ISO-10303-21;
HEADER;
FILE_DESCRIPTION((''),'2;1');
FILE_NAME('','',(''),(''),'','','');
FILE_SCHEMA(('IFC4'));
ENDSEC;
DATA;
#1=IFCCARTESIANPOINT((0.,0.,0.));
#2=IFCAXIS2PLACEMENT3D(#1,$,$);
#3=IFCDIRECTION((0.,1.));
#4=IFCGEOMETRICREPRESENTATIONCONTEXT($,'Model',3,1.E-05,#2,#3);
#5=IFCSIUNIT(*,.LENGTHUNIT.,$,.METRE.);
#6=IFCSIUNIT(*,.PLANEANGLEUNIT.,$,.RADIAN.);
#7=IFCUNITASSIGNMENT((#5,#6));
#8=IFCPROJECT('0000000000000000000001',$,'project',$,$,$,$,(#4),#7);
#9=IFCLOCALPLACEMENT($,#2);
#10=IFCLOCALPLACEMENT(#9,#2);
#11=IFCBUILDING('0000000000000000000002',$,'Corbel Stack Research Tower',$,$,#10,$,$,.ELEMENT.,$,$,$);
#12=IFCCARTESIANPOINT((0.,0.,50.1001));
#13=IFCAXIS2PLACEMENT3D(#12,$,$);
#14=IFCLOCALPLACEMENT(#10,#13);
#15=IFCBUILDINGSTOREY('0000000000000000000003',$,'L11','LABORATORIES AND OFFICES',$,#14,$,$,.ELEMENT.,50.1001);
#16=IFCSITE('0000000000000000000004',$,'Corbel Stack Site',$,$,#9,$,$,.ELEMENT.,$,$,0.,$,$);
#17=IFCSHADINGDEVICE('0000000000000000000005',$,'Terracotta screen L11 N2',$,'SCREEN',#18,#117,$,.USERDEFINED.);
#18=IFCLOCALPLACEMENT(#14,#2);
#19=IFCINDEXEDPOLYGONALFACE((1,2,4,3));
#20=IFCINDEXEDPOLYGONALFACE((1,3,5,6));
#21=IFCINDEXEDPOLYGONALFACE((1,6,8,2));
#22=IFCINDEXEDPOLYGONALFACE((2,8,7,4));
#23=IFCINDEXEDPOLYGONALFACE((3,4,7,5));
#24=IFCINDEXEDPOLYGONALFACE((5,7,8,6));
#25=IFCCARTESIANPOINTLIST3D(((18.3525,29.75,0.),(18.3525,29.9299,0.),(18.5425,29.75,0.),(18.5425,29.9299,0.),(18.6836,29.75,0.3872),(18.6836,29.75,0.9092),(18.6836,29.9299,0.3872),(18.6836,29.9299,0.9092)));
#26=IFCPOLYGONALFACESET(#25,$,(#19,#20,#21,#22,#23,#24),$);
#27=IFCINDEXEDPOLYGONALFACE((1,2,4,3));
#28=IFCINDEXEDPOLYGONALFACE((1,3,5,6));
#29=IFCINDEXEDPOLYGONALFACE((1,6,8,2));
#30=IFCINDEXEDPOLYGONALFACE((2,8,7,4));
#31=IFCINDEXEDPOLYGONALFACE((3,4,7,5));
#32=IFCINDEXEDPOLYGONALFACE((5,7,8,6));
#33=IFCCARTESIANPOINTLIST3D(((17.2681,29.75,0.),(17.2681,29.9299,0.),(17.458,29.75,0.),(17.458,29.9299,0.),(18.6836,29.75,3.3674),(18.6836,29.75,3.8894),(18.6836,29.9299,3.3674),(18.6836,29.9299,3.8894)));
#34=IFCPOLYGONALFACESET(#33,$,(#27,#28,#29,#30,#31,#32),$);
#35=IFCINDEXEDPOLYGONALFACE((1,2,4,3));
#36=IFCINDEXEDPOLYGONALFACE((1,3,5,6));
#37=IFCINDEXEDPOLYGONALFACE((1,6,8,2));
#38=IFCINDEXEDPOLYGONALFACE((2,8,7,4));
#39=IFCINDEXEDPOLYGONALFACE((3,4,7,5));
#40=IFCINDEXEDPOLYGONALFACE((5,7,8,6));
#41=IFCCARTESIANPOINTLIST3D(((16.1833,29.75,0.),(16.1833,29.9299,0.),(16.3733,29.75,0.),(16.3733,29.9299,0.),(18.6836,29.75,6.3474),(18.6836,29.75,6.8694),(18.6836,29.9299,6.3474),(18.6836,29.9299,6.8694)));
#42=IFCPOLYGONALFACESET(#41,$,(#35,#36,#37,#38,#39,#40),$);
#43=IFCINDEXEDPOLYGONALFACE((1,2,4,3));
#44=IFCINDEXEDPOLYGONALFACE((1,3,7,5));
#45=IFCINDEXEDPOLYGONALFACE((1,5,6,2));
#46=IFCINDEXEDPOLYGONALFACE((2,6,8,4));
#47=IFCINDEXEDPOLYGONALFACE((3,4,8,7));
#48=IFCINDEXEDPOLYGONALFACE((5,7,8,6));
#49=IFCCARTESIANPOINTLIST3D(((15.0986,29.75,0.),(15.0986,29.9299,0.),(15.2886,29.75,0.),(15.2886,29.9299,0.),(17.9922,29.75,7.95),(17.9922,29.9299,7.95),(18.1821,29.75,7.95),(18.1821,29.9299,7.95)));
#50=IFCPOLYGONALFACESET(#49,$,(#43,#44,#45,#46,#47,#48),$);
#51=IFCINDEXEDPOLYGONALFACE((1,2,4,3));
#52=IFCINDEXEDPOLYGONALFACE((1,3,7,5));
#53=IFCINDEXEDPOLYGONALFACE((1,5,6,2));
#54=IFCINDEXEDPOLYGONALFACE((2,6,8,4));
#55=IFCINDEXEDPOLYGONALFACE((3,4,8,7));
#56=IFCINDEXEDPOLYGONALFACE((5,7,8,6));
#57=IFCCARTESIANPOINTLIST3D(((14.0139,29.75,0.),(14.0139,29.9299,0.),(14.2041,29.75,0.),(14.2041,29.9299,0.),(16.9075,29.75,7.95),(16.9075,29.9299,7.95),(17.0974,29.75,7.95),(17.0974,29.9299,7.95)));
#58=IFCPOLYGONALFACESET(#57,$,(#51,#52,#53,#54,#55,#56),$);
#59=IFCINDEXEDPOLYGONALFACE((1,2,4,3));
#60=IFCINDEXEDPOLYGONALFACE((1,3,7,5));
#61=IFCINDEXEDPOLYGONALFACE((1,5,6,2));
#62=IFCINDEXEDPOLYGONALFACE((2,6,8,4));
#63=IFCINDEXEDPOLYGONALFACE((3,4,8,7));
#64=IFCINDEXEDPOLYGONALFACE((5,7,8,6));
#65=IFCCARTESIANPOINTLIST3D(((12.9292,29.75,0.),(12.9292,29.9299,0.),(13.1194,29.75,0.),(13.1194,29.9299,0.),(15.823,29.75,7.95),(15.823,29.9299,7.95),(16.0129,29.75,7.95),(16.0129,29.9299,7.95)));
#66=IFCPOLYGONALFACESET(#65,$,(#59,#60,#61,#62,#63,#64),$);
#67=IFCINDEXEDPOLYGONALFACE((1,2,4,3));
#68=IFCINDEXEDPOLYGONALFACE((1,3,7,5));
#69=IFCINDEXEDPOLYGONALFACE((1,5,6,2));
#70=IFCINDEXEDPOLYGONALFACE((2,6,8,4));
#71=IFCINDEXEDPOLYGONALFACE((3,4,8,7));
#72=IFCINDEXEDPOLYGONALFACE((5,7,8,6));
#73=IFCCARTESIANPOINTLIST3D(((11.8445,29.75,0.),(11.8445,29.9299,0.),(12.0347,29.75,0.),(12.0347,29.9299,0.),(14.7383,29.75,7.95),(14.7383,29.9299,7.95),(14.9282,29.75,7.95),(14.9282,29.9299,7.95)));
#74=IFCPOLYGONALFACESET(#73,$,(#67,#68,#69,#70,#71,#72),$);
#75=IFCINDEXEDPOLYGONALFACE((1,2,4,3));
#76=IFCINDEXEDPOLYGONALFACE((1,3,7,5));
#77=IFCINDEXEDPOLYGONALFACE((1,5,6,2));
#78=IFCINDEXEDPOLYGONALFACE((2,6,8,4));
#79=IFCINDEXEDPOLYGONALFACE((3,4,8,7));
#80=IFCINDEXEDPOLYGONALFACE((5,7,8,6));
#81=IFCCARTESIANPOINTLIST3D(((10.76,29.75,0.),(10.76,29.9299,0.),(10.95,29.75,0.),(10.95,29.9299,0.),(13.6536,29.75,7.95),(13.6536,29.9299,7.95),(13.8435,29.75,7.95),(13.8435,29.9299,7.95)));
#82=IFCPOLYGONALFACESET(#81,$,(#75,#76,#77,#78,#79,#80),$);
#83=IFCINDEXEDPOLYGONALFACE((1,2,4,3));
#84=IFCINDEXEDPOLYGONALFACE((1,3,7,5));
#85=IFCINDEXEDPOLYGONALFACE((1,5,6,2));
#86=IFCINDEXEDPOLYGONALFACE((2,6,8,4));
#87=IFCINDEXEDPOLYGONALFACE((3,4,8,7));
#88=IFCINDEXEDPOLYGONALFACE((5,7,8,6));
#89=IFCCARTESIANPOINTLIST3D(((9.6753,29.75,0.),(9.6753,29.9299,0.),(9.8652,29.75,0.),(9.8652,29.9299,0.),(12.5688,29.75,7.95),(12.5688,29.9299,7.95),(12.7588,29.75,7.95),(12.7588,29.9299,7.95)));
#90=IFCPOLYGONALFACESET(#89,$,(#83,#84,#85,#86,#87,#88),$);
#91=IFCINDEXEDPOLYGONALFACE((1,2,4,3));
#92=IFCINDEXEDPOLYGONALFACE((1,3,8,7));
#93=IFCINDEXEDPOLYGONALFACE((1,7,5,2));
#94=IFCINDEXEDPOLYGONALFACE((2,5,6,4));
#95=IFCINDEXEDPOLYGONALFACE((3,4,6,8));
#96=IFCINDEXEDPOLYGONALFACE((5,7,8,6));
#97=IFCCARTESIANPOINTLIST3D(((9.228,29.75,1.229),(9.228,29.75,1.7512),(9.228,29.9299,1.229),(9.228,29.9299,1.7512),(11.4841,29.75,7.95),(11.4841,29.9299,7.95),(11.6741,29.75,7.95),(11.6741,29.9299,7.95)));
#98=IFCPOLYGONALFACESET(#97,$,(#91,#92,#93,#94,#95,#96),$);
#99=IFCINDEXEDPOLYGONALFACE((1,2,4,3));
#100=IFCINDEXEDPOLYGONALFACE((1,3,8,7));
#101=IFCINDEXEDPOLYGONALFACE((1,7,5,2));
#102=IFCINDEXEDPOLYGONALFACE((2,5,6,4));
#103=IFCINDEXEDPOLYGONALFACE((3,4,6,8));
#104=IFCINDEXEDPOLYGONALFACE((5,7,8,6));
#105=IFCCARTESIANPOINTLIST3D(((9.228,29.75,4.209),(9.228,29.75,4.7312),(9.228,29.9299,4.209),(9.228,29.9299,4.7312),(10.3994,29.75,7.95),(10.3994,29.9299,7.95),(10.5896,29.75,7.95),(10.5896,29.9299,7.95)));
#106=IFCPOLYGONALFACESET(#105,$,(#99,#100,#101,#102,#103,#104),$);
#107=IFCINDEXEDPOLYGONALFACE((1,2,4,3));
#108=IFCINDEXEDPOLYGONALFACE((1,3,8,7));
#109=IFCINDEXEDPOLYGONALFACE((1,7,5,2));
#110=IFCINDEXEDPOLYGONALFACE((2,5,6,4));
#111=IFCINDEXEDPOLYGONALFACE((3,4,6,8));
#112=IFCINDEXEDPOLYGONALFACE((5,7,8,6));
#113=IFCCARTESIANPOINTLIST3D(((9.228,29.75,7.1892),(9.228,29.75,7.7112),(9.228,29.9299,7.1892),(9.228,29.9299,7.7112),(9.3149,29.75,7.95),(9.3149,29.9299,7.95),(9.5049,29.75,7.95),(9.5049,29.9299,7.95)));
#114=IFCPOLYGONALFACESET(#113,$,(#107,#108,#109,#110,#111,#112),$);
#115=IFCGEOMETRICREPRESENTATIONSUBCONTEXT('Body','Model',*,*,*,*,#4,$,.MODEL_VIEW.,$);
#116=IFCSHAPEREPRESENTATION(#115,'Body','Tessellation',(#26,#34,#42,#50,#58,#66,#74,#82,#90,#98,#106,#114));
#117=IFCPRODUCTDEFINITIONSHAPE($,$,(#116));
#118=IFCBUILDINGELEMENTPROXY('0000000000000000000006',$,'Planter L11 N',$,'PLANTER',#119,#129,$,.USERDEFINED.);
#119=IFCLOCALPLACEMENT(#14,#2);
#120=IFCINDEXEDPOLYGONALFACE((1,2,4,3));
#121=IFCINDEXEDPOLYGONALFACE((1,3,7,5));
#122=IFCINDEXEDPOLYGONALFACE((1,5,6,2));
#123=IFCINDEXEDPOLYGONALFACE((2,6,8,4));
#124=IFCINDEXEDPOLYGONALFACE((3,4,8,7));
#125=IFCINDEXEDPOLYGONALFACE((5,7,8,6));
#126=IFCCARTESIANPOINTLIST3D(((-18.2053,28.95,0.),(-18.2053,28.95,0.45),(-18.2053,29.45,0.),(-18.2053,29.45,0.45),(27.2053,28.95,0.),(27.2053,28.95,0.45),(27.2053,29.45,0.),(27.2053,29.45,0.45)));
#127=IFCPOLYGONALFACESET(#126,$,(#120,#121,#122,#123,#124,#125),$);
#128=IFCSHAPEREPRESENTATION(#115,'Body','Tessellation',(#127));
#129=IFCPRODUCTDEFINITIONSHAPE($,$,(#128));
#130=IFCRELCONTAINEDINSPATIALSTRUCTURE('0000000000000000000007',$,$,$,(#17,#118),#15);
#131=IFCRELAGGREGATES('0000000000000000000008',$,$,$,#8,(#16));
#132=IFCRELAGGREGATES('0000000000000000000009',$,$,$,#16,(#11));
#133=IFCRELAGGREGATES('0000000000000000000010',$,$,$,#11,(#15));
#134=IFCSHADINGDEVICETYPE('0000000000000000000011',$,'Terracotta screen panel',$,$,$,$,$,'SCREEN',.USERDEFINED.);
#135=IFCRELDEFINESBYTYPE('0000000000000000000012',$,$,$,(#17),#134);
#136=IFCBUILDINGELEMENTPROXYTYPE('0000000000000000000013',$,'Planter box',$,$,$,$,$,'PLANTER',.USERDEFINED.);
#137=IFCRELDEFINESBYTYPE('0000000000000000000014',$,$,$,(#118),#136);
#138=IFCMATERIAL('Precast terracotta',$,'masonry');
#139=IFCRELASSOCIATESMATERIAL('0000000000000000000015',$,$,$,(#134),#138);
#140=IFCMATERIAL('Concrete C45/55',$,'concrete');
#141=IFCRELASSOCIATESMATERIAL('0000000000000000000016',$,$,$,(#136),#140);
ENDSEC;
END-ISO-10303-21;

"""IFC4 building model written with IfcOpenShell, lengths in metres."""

from ifc_helpers import new_model, si_unit, direction, frame, origin, origin_2d, place, context, subcontext, project, spatial, polyline, rectangle, outline, extrude, source, transform, mapped, material, type_object, element, save


model = new_model("IFC4")

# Units and contexts
model_context = context("Model", 3, precision=1e-05, world=origin(), true_north=direction((0.0, 1.0)))
body_context = subcontext(model_context, "Body", "Model", "MODEL_VIEW")
ifc_project = project(units=[si_unit("LENGTHUNIT", "METRE"), si_unit("PLANEANGLEUNIT", "RADIAN")], contexts=[model_context])

# Site, building, storey
site_placement = place(None, origin())
site = spatial("IfcSite", under=ifc_project, at=site_placement, Name="Corbel Stack Site", CompositionType="ELEMENT", RefElevation=0.0)
building_placement = place(site_placement, origin())
building = spatial("IfcBuilding", under=site, at=building_placement, Name="Corbel Stack Research Tower", CompositionType="ELEMENT")
storey_placement = place(building_placement, frame((0.0, 0.0, 50.1001)))
storey = spatial("IfcBuildingStorey", under=building, at=storey_placement, Name="L11", Description="LABORATORIES AND OFFICES", CompositionType="ELEMENT", Elevation=50.1001)

# Shading device
ifc_material_1 = material(Name="Precast terracotta", Category="masonry")
shading_device_type = type_object("IfcShadingDeviceType", Name="Terracotta screen panel", ElementType="SCREEN", PredefinedType="USERDEFINED", material=ifc_material_1)
shared_shape_1 = source(origin(), body_context, "Body", "SweptSolid", [
    extrude(outline(polyline([(0.3311, 0.0), (0.0, 0.9092), (0.0, 0.3872), (0.1411, 0.0), (0.3311, 0.0)])), frame((0.0, 0.0, 0.0), z_axis=(0.0, -1.0, 0.0), x_axis=(1.0, 0.0, 0.0)), (0.0, 0.0, 1.0), 0.1799),
    extrude(outline(polyline([(1.4155, 0.0), (0.0, 3.8894), (0.0, 3.3674), (1.2256, 0.0), (1.4155, 0.0)])), frame((0.0, 0.0, 0.0), z_axis=(0.0, -1.0, 0.0), x_axis=(1.0, 0.0, 0.0)), (0.0, 0.0, 1.0), 0.1799),
    extrude(outline(polyline([(2.5002, 0.0), (0.0, 6.8694), (0.0, 6.3474), (2.3103, 0.0), (2.5002, 0.0)])), frame((0.0, 0.0, 0.0), z_axis=(0.0, -1.0, 0.0), x_axis=(1.0, 0.0, 0.0)), (0.0, 0.0, 1.0), 0.1799),
    extrude(outline(polyline([(3.585, 0.0), (0.6914, 7.95), (0.5015, 7.95), (3.395, 0.0), (3.585, 0.0)])), frame((0.0, 0.0, 0.0), z_axis=(0.0, -1.0, 0.0), x_axis=(1.0, 0.0, 0.0)), (0.0, 0.0, 1.0), 0.1799),
    extrude(outline(polyline([(4.6697, 0.0), (1.7761, 7.95), (1.5862, 7.95), (4.4795, 0.0), (4.6697, 0.0)])), frame((0.0, 0.0, 0.0), z_axis=(0.0, -1.0, 0.0), x_axis=(1.0, 0.0, 0.0)), (0.0, 0.0, 1.0), 0.1799),
    extrude(outline(polyline([(5.7544, 0.0), (2.8606, 7.95), (2.6707, 7.95), (5.5642, 0.0), (5.7544, 0.0)])), frame((0.0, 0.0, 0.0), z_axis=(0.0, -1.0, 0.0), x_axis=(1.0, 0.0, 0.0)), (0.0, 0.0, 1.0), 0.1799),
    extrude(outline(polyline([(6.8391, 0.0), (3.9453, 7.95), (3.7554, 7.95), (6.6489, 0.0), (6.8391, 0.0)])), frame((0.0, 0.0, 0.0), z_axis=(0.0, -1.0, 0.0), x_axis=(1.0, 0.0, 0.0)), (0.0, 0.0, 1.0), 0.1799),
    extrude(outline(polyline([(7.9236, 0.0), (5.03, 7.95), (4.8401, 7.95), (7.7336, 0.0), (7.9236, 0.0)])), frame((0.0, 0.0, 0.0), z_axis=(0.0, -1.0, 0.0), x_axis=(1.0, 0.0, 0.0)), (0.0, 0.0, 1.0), 0.1799),
    extrude(outline(polyline([(9.0083, 0.0), (6.1147, 7.95), (5.9248, 7.95), (8.8184, 0.0), (9.0083, 0.0)])), frame((0.0, 0.0, 0.0), z_axis=(0.0, -1.0, 0.0), x_axis=(1.0, 0.0, 0.0)), (0.0, 0.0, 1.0), 0.1799),
    extrude(outline(polyline([(7.1995, 7.95), (7.0095, 7.95), (9.4556, 1.229), (9.4556, 1.7512), (7.1995, 7.95)])), frame((0.0, 0.0, 0.0), z_axis=(0.0, -1.0, 0.0), x_axis=(1.0, 0.0, 0.0)), (0.0, 0.0, 1.0), 0.1799),
    extrude(outline(polyline([(8.2842, 7.95), (8.094, 7.95), (9.4556, 4.209), (9.4556, 4.7312), (8.2842, 7.95)])), frame((0.0, 0.0, 0.0), z_axis=(0.0, -1.0, 0.0), x_axis=(1.0, 0.0, 0.0)), (0.0, 0.0, 1.0), 0.1799),
    extrude(outline(polyline([(9.3687, 7.95), (9.1787, 7.95), (9.4556, 7.1892), (9.4556, 7.7112), (9.3687, 7.95)])), frame((0.0, 0.0, 0.0), z_axis=(0.0, -1.0, 0.0), x_axis=(1.0, 0.0, 0.0)), (0.0, 0.0, 1.0), 0.1799),
])
shading_device_1_placement = place(storey_placement, frame((18.6836, 29.75, 0.0), z_axis=(0.0, 0.0, 1.0), x_axis=(-1.0, 0.0, 0.0)))
element("IfcShadingDevice", 1, at=shading_device_1_placement, inside=storey, type_object=shading_device_type, Name="Terracotta screen L11 N2", ObjectType="SCREEN", PredefinedType="USERDEFINED", context=body_context, shape_type="MappedRepresentation", body=[
    mapped(shared_shape_1, transform((0.0, 0.0, 0.0))),
])

# Building element proxy
ifc_material_2 = material(Name="Concrete C45/55", Category="concrete")
building_element_proxy_type = type_object("IfcBuildingElementProxyType", Name="Planter box", ElementType="PLANTER", PredefinedType="USERDEFINED", material=ifc_material_2)
proxy_placement = place(storey_placement, frame((4.5, 29.2, 0.0), z_axis=(0.0, 0.0, 1.0), x_axis=(-1.0, 0.0, 0.0)))
element("IfcBuildingElementProxy", 2, at=proxy_placement, inside=storey, type_object=building_element_proxy_type, Name="Planter L11 N", ObjectType="PLANTER", PredefinedType="USERDEFINED", context=body_context, shape_type="SweptSolid", body=[
    extrude(rectangle(XDim=45.4106, YDim=0.5, at=origin_2d()), origin(), (0.0, 0.0, 1.0), 0.45),
])

save(model, "model.ifc")
